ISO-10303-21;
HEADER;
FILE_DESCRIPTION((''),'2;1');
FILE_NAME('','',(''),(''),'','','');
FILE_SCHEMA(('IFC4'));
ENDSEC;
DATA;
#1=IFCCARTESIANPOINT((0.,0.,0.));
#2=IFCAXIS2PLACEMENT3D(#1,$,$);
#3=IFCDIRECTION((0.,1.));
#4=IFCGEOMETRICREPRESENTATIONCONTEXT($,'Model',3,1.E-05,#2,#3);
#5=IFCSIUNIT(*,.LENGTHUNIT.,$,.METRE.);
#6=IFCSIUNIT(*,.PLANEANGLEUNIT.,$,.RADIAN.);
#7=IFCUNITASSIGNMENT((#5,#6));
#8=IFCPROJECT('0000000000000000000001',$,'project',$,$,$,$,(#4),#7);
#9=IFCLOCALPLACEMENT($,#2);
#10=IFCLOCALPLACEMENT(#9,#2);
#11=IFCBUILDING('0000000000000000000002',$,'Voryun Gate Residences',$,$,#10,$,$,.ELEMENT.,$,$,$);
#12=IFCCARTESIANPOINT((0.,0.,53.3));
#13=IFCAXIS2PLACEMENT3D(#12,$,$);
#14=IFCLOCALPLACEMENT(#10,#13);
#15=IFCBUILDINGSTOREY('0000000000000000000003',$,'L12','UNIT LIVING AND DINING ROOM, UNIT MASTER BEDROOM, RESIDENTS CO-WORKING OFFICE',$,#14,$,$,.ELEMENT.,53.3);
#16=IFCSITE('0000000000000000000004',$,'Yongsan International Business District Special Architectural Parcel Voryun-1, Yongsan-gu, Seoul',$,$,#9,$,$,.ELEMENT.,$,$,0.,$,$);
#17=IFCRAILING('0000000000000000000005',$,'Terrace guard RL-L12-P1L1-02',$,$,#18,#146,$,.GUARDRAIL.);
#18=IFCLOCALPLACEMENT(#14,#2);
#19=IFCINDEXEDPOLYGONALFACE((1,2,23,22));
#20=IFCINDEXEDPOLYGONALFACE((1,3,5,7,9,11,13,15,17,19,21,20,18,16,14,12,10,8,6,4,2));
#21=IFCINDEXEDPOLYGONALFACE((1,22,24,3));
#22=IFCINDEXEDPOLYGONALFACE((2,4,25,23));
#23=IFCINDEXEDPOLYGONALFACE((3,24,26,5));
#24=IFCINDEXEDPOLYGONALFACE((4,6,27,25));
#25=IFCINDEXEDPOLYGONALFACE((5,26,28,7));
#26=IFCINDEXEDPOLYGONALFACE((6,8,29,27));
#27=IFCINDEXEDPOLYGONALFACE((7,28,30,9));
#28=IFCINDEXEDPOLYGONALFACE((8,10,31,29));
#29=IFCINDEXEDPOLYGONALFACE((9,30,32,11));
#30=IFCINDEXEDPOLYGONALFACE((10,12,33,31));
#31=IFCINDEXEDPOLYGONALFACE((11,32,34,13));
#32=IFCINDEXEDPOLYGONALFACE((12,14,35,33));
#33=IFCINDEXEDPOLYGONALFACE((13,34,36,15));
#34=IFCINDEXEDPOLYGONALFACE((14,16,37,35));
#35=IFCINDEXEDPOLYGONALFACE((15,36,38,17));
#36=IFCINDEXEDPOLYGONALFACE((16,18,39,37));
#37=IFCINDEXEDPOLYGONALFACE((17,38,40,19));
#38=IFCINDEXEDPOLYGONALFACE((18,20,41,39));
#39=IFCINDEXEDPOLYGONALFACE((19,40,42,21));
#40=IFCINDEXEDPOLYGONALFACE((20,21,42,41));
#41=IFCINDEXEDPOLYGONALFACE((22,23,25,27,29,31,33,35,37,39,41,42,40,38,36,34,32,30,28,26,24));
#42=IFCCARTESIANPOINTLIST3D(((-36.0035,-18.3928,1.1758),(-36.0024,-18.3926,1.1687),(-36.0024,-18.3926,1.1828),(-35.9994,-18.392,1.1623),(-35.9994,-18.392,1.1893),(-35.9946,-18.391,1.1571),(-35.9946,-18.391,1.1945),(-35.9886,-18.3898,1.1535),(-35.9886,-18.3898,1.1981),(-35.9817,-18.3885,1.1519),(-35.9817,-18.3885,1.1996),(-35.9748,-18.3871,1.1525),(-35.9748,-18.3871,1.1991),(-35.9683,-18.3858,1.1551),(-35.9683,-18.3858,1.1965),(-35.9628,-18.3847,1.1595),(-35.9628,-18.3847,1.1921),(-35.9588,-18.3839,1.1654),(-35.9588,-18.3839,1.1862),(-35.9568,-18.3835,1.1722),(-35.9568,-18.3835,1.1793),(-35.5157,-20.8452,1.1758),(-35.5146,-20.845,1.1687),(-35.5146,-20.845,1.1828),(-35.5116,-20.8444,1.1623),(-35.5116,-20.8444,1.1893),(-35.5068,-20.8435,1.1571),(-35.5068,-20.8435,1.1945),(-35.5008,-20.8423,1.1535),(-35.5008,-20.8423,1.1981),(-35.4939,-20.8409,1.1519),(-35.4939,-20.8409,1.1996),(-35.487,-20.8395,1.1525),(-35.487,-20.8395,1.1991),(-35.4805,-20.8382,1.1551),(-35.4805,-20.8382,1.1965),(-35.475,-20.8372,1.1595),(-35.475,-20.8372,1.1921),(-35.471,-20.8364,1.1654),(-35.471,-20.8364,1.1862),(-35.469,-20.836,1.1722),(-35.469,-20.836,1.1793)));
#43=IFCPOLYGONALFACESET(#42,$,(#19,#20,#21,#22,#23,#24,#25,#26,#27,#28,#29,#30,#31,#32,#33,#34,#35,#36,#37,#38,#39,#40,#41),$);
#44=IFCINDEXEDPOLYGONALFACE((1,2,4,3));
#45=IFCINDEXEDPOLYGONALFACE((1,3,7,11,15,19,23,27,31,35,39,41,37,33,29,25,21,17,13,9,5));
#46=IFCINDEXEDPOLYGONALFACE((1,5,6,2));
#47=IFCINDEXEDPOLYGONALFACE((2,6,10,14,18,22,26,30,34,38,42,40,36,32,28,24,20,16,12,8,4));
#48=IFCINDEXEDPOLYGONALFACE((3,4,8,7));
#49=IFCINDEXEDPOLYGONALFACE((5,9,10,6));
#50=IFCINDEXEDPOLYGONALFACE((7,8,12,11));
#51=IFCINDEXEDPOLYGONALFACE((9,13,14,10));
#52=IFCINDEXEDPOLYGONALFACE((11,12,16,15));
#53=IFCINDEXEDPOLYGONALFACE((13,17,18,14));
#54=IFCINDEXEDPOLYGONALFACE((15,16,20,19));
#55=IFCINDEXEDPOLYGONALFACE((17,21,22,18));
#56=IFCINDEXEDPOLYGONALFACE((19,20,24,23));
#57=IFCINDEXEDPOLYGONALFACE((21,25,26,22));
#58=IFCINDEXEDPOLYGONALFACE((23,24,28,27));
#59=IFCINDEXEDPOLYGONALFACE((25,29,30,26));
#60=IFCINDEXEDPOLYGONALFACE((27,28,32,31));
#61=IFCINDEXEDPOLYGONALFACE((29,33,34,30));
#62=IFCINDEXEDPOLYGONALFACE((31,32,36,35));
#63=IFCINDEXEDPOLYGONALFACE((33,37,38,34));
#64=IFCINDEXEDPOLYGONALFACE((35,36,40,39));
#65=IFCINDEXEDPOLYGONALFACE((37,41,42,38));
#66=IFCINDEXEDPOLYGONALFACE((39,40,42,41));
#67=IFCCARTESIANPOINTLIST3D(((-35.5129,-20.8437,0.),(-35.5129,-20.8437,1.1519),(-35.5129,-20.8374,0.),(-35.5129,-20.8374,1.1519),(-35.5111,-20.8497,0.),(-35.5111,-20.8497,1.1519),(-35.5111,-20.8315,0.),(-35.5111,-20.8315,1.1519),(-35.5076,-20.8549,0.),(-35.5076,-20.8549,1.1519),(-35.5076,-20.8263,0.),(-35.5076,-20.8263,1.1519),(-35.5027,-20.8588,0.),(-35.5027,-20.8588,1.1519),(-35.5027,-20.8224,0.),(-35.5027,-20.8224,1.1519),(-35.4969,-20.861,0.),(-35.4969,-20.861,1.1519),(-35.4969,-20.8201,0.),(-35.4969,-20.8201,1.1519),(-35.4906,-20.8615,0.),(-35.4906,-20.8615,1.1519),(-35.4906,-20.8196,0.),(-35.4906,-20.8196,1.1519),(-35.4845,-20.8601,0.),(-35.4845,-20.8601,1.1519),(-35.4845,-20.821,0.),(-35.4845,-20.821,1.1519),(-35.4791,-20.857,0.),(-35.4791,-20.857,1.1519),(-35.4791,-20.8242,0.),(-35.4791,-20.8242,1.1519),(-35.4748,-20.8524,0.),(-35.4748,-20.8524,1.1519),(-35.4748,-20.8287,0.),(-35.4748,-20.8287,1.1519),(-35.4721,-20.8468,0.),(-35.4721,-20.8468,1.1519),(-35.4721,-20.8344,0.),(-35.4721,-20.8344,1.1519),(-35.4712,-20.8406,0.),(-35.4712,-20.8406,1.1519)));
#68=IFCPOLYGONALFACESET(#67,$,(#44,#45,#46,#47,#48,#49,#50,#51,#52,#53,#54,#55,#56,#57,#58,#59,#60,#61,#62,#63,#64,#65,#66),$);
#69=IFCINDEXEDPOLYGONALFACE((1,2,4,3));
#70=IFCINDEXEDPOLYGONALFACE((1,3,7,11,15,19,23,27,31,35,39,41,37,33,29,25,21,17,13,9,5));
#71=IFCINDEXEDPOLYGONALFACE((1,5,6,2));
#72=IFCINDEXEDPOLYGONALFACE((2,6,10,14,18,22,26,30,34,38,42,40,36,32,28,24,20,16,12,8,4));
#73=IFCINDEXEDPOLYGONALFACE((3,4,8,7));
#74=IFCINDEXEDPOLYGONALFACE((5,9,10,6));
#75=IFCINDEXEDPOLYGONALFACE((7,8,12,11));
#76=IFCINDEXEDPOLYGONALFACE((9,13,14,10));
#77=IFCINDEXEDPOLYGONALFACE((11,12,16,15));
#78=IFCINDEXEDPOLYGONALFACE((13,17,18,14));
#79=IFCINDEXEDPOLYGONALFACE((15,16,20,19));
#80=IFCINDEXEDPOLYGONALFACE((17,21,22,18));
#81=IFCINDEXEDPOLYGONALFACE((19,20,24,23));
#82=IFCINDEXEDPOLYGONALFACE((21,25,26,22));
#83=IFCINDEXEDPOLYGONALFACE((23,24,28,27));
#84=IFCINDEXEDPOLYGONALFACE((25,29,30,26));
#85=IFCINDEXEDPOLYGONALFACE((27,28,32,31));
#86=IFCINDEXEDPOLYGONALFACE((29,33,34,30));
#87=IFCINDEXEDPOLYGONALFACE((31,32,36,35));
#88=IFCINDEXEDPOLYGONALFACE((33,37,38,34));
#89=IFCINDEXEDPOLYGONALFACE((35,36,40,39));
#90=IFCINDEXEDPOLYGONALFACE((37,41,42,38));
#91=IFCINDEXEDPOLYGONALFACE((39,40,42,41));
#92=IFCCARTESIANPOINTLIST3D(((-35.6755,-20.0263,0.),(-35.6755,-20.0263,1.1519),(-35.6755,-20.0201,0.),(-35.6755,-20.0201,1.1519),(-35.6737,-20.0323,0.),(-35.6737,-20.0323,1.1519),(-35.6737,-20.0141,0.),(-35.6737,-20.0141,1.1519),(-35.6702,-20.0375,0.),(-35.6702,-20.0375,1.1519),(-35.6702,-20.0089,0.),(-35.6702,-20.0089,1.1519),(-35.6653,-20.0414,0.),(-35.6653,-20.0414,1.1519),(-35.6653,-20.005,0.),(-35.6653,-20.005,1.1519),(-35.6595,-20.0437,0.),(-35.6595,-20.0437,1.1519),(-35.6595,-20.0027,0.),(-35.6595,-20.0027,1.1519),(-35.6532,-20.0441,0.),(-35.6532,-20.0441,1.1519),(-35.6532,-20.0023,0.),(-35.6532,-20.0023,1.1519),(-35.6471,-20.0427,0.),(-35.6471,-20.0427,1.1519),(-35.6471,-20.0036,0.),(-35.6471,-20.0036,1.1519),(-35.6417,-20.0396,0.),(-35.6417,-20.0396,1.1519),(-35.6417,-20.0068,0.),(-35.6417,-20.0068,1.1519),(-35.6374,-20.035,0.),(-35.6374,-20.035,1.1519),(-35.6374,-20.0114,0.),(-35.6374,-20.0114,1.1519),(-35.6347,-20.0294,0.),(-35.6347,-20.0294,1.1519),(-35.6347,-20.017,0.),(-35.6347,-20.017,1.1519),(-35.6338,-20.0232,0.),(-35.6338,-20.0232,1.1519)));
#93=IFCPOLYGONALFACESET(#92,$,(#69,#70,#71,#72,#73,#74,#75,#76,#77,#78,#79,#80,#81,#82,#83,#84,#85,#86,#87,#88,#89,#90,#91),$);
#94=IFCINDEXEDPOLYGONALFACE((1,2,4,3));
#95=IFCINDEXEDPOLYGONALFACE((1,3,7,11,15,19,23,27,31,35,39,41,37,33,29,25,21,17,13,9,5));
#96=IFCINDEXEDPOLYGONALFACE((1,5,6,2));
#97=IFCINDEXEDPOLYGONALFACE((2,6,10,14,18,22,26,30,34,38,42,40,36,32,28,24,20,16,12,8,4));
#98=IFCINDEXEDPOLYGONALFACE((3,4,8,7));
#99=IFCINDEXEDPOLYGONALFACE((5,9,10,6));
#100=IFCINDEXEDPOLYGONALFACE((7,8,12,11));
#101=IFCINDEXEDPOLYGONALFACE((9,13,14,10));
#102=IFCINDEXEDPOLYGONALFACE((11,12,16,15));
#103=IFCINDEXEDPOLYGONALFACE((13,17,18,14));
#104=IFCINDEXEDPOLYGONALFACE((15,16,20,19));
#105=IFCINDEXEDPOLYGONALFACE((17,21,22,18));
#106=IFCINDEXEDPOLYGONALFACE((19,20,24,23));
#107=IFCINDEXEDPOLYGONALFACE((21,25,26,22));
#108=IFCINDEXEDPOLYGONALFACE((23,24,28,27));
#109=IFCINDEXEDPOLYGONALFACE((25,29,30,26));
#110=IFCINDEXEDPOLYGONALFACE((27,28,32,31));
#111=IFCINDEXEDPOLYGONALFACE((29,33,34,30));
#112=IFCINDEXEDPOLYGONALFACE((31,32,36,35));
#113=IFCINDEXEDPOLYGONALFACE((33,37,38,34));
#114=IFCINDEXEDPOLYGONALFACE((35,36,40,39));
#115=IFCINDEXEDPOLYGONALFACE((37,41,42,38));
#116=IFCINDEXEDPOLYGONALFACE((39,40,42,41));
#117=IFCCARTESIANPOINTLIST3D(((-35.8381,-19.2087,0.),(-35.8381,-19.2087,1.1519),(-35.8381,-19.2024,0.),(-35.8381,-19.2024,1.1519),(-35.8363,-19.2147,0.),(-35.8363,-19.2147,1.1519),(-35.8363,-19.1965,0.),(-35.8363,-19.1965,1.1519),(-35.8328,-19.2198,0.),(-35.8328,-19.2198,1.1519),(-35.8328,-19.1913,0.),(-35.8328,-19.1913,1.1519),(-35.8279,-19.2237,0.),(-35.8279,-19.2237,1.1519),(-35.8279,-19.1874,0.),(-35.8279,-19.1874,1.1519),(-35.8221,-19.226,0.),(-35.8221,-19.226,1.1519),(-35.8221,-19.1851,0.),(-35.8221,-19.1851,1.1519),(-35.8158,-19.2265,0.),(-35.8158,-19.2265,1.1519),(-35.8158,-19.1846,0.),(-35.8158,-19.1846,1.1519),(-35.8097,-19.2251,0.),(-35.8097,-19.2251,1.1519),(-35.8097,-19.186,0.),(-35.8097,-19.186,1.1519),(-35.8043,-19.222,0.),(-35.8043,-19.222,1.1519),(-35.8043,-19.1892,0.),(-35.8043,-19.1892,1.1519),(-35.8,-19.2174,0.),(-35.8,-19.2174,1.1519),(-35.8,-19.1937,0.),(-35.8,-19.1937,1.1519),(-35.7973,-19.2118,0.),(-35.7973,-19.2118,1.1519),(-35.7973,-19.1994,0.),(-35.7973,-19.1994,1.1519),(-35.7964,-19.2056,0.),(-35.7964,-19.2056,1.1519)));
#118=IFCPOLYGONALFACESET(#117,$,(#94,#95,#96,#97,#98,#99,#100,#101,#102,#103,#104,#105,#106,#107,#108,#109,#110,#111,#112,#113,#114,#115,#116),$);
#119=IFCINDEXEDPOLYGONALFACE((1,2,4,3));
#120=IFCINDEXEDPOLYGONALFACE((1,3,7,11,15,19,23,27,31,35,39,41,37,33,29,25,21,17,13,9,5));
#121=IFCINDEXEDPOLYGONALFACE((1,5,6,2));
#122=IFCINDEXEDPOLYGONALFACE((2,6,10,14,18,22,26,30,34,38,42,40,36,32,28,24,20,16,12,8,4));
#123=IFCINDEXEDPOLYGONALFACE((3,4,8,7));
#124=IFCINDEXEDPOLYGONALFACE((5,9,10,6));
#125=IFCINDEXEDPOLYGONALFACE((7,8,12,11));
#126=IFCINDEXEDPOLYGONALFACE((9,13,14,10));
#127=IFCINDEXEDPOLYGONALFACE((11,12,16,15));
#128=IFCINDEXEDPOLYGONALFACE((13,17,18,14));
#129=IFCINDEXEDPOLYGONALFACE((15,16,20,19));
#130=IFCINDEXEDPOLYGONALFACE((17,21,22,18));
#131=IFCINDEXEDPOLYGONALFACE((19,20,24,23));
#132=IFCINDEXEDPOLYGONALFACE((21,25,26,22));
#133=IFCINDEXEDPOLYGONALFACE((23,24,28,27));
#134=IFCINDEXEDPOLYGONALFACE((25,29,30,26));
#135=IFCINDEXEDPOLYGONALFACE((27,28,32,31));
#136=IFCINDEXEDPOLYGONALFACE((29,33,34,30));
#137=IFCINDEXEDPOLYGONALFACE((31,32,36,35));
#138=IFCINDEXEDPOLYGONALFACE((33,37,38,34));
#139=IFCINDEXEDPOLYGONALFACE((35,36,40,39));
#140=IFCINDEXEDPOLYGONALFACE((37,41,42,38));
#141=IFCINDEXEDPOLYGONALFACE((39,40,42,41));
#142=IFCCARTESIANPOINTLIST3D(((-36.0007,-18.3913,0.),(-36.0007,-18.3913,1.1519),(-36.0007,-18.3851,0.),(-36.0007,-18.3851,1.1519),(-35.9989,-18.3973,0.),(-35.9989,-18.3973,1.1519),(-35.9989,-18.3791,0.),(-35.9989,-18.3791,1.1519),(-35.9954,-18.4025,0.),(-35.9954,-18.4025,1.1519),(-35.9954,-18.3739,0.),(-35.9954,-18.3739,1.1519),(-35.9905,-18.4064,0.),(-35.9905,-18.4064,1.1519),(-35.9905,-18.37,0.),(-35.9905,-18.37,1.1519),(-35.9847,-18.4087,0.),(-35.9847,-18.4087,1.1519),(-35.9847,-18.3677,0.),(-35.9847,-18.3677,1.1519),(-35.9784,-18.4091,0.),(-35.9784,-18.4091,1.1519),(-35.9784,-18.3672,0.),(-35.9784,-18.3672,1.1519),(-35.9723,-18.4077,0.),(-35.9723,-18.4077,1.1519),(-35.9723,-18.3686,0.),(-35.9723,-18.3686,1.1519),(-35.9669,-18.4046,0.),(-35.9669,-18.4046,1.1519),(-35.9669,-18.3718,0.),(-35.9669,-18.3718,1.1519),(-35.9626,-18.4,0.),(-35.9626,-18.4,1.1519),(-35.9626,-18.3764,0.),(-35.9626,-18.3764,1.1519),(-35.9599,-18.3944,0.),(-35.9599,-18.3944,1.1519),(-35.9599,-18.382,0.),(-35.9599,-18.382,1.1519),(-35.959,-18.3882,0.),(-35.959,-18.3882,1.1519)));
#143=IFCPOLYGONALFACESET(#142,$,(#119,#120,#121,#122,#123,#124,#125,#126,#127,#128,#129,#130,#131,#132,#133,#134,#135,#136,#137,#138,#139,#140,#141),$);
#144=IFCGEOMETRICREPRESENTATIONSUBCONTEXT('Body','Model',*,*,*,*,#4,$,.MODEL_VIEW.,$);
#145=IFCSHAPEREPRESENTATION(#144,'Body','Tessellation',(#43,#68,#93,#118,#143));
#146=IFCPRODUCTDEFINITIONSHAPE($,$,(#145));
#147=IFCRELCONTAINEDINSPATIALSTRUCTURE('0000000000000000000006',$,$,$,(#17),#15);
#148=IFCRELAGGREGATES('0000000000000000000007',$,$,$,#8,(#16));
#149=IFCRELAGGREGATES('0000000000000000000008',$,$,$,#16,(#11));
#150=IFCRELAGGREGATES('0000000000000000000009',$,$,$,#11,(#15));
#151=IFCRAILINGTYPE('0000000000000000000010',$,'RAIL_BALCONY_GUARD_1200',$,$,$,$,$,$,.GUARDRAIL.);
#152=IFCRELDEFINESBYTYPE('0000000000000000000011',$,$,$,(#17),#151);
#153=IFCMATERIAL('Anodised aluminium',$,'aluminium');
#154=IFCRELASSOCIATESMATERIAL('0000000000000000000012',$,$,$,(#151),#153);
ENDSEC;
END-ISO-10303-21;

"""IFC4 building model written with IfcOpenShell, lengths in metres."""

from ifc_helpers import new_model, si_unit, direction, frame, origin, origin_2d, place, context, subcontext, project, spatial, circle, extrude, material, type_object, element, save


model = new_model("IFC4")

# Units and contexts
model_context = context("Model", 3, precision=1e-05, world=origin(), true_north=direction((0.0, 1.0)))
body_context = subcontext(model_context, "Body", "Model", "MODEL_VIEW")
ifc_project = project(units=[si_unit("LENGTHUNIT", "METRE"), si_unit("PLANEANGLEUNIT", "RADIAN")], contexts=[model_context])

# Site, building, storey
site_placement = place(None, origin())
site = spatial("IfcSite", under=ifc_project, at=site_placement, Name="Yongsan International Business District Special Architectural Parcel Voryun-1, Yongsan-gu, Seoul", CompositionType="ELEMENT", RefElevation=0.0)
building_placement = place(site_placement, origin())
building = spatial("IfcBuilding", under=site, at=building_placement, Name="Voryun Gate Residences", CompositionType="ELEMENT")
storey_placement = place(building_placement, frame((0.0, 0.0, 53.3)))
storey = spatial("IfcBuildingStorey", under=building, at=storey_placement, Name="L12", Description="UNIT LIVING AND DINING ROOM, UNIT MASTER BEDROOM, RESIDENTS CO-WORKING OFFICE", CompositionType="ELEMENT", Elevation=53.3)

# Railing
ifc_material_1 = material(Name="Anodised aluminium", Category="aluminium")
railing_type = type_object("IfcRailingType", Name="RAIL_BALCONY_GUARD_1200", PredefinedType="GUARDRAIL", material=ifc_material_1)
railing_1_placement = place(storey_placement, frame((-35.4922, -20.8406, 0.0)))
element("IfcRailing", 1, at=railing_1_placement, inside=storey, type_object=railing_type, Name="Terrace guard RL-L12-P1L1-02", PredefinedType="GUARDRAIL", context=body_context, shape_type="SweptSolid", body=[
    extrude(circle(Radius=0.0239, at=origin_2d()), frame((0.0, 0.0, 1.1758), z_axis=(-0.195083, 0.980787, 0.0), x_axis=(-0.980787, -0.195083, 0.0)), (0.0, 0.0, 1.0), 2.5005),
    extrude(circle(Radius=0.021, at=origin_2d()), origin(), (0.0, 0.0, 1.0), 1.1519),
    extrude(circle(Radius=0.021, at=origin_2d()), frame((-0.1626, 0.8174, 0.0)), (0.0, 0.0, 1.0), 1.1519),
    extrude(circle(Radius=0.021, at=origin_2d()), frame((-0.3252, 1.635, 0.0)), (0.0, 0.0, 1.0), 1.1519),
    extrude(circle(Radius=0.021, at=origin_2d()), frame((-0.4878, 2.4524, 0.0)), (0.0, 0.0, 1.0), 1.1519),
])

save(model, "model.ifc")
